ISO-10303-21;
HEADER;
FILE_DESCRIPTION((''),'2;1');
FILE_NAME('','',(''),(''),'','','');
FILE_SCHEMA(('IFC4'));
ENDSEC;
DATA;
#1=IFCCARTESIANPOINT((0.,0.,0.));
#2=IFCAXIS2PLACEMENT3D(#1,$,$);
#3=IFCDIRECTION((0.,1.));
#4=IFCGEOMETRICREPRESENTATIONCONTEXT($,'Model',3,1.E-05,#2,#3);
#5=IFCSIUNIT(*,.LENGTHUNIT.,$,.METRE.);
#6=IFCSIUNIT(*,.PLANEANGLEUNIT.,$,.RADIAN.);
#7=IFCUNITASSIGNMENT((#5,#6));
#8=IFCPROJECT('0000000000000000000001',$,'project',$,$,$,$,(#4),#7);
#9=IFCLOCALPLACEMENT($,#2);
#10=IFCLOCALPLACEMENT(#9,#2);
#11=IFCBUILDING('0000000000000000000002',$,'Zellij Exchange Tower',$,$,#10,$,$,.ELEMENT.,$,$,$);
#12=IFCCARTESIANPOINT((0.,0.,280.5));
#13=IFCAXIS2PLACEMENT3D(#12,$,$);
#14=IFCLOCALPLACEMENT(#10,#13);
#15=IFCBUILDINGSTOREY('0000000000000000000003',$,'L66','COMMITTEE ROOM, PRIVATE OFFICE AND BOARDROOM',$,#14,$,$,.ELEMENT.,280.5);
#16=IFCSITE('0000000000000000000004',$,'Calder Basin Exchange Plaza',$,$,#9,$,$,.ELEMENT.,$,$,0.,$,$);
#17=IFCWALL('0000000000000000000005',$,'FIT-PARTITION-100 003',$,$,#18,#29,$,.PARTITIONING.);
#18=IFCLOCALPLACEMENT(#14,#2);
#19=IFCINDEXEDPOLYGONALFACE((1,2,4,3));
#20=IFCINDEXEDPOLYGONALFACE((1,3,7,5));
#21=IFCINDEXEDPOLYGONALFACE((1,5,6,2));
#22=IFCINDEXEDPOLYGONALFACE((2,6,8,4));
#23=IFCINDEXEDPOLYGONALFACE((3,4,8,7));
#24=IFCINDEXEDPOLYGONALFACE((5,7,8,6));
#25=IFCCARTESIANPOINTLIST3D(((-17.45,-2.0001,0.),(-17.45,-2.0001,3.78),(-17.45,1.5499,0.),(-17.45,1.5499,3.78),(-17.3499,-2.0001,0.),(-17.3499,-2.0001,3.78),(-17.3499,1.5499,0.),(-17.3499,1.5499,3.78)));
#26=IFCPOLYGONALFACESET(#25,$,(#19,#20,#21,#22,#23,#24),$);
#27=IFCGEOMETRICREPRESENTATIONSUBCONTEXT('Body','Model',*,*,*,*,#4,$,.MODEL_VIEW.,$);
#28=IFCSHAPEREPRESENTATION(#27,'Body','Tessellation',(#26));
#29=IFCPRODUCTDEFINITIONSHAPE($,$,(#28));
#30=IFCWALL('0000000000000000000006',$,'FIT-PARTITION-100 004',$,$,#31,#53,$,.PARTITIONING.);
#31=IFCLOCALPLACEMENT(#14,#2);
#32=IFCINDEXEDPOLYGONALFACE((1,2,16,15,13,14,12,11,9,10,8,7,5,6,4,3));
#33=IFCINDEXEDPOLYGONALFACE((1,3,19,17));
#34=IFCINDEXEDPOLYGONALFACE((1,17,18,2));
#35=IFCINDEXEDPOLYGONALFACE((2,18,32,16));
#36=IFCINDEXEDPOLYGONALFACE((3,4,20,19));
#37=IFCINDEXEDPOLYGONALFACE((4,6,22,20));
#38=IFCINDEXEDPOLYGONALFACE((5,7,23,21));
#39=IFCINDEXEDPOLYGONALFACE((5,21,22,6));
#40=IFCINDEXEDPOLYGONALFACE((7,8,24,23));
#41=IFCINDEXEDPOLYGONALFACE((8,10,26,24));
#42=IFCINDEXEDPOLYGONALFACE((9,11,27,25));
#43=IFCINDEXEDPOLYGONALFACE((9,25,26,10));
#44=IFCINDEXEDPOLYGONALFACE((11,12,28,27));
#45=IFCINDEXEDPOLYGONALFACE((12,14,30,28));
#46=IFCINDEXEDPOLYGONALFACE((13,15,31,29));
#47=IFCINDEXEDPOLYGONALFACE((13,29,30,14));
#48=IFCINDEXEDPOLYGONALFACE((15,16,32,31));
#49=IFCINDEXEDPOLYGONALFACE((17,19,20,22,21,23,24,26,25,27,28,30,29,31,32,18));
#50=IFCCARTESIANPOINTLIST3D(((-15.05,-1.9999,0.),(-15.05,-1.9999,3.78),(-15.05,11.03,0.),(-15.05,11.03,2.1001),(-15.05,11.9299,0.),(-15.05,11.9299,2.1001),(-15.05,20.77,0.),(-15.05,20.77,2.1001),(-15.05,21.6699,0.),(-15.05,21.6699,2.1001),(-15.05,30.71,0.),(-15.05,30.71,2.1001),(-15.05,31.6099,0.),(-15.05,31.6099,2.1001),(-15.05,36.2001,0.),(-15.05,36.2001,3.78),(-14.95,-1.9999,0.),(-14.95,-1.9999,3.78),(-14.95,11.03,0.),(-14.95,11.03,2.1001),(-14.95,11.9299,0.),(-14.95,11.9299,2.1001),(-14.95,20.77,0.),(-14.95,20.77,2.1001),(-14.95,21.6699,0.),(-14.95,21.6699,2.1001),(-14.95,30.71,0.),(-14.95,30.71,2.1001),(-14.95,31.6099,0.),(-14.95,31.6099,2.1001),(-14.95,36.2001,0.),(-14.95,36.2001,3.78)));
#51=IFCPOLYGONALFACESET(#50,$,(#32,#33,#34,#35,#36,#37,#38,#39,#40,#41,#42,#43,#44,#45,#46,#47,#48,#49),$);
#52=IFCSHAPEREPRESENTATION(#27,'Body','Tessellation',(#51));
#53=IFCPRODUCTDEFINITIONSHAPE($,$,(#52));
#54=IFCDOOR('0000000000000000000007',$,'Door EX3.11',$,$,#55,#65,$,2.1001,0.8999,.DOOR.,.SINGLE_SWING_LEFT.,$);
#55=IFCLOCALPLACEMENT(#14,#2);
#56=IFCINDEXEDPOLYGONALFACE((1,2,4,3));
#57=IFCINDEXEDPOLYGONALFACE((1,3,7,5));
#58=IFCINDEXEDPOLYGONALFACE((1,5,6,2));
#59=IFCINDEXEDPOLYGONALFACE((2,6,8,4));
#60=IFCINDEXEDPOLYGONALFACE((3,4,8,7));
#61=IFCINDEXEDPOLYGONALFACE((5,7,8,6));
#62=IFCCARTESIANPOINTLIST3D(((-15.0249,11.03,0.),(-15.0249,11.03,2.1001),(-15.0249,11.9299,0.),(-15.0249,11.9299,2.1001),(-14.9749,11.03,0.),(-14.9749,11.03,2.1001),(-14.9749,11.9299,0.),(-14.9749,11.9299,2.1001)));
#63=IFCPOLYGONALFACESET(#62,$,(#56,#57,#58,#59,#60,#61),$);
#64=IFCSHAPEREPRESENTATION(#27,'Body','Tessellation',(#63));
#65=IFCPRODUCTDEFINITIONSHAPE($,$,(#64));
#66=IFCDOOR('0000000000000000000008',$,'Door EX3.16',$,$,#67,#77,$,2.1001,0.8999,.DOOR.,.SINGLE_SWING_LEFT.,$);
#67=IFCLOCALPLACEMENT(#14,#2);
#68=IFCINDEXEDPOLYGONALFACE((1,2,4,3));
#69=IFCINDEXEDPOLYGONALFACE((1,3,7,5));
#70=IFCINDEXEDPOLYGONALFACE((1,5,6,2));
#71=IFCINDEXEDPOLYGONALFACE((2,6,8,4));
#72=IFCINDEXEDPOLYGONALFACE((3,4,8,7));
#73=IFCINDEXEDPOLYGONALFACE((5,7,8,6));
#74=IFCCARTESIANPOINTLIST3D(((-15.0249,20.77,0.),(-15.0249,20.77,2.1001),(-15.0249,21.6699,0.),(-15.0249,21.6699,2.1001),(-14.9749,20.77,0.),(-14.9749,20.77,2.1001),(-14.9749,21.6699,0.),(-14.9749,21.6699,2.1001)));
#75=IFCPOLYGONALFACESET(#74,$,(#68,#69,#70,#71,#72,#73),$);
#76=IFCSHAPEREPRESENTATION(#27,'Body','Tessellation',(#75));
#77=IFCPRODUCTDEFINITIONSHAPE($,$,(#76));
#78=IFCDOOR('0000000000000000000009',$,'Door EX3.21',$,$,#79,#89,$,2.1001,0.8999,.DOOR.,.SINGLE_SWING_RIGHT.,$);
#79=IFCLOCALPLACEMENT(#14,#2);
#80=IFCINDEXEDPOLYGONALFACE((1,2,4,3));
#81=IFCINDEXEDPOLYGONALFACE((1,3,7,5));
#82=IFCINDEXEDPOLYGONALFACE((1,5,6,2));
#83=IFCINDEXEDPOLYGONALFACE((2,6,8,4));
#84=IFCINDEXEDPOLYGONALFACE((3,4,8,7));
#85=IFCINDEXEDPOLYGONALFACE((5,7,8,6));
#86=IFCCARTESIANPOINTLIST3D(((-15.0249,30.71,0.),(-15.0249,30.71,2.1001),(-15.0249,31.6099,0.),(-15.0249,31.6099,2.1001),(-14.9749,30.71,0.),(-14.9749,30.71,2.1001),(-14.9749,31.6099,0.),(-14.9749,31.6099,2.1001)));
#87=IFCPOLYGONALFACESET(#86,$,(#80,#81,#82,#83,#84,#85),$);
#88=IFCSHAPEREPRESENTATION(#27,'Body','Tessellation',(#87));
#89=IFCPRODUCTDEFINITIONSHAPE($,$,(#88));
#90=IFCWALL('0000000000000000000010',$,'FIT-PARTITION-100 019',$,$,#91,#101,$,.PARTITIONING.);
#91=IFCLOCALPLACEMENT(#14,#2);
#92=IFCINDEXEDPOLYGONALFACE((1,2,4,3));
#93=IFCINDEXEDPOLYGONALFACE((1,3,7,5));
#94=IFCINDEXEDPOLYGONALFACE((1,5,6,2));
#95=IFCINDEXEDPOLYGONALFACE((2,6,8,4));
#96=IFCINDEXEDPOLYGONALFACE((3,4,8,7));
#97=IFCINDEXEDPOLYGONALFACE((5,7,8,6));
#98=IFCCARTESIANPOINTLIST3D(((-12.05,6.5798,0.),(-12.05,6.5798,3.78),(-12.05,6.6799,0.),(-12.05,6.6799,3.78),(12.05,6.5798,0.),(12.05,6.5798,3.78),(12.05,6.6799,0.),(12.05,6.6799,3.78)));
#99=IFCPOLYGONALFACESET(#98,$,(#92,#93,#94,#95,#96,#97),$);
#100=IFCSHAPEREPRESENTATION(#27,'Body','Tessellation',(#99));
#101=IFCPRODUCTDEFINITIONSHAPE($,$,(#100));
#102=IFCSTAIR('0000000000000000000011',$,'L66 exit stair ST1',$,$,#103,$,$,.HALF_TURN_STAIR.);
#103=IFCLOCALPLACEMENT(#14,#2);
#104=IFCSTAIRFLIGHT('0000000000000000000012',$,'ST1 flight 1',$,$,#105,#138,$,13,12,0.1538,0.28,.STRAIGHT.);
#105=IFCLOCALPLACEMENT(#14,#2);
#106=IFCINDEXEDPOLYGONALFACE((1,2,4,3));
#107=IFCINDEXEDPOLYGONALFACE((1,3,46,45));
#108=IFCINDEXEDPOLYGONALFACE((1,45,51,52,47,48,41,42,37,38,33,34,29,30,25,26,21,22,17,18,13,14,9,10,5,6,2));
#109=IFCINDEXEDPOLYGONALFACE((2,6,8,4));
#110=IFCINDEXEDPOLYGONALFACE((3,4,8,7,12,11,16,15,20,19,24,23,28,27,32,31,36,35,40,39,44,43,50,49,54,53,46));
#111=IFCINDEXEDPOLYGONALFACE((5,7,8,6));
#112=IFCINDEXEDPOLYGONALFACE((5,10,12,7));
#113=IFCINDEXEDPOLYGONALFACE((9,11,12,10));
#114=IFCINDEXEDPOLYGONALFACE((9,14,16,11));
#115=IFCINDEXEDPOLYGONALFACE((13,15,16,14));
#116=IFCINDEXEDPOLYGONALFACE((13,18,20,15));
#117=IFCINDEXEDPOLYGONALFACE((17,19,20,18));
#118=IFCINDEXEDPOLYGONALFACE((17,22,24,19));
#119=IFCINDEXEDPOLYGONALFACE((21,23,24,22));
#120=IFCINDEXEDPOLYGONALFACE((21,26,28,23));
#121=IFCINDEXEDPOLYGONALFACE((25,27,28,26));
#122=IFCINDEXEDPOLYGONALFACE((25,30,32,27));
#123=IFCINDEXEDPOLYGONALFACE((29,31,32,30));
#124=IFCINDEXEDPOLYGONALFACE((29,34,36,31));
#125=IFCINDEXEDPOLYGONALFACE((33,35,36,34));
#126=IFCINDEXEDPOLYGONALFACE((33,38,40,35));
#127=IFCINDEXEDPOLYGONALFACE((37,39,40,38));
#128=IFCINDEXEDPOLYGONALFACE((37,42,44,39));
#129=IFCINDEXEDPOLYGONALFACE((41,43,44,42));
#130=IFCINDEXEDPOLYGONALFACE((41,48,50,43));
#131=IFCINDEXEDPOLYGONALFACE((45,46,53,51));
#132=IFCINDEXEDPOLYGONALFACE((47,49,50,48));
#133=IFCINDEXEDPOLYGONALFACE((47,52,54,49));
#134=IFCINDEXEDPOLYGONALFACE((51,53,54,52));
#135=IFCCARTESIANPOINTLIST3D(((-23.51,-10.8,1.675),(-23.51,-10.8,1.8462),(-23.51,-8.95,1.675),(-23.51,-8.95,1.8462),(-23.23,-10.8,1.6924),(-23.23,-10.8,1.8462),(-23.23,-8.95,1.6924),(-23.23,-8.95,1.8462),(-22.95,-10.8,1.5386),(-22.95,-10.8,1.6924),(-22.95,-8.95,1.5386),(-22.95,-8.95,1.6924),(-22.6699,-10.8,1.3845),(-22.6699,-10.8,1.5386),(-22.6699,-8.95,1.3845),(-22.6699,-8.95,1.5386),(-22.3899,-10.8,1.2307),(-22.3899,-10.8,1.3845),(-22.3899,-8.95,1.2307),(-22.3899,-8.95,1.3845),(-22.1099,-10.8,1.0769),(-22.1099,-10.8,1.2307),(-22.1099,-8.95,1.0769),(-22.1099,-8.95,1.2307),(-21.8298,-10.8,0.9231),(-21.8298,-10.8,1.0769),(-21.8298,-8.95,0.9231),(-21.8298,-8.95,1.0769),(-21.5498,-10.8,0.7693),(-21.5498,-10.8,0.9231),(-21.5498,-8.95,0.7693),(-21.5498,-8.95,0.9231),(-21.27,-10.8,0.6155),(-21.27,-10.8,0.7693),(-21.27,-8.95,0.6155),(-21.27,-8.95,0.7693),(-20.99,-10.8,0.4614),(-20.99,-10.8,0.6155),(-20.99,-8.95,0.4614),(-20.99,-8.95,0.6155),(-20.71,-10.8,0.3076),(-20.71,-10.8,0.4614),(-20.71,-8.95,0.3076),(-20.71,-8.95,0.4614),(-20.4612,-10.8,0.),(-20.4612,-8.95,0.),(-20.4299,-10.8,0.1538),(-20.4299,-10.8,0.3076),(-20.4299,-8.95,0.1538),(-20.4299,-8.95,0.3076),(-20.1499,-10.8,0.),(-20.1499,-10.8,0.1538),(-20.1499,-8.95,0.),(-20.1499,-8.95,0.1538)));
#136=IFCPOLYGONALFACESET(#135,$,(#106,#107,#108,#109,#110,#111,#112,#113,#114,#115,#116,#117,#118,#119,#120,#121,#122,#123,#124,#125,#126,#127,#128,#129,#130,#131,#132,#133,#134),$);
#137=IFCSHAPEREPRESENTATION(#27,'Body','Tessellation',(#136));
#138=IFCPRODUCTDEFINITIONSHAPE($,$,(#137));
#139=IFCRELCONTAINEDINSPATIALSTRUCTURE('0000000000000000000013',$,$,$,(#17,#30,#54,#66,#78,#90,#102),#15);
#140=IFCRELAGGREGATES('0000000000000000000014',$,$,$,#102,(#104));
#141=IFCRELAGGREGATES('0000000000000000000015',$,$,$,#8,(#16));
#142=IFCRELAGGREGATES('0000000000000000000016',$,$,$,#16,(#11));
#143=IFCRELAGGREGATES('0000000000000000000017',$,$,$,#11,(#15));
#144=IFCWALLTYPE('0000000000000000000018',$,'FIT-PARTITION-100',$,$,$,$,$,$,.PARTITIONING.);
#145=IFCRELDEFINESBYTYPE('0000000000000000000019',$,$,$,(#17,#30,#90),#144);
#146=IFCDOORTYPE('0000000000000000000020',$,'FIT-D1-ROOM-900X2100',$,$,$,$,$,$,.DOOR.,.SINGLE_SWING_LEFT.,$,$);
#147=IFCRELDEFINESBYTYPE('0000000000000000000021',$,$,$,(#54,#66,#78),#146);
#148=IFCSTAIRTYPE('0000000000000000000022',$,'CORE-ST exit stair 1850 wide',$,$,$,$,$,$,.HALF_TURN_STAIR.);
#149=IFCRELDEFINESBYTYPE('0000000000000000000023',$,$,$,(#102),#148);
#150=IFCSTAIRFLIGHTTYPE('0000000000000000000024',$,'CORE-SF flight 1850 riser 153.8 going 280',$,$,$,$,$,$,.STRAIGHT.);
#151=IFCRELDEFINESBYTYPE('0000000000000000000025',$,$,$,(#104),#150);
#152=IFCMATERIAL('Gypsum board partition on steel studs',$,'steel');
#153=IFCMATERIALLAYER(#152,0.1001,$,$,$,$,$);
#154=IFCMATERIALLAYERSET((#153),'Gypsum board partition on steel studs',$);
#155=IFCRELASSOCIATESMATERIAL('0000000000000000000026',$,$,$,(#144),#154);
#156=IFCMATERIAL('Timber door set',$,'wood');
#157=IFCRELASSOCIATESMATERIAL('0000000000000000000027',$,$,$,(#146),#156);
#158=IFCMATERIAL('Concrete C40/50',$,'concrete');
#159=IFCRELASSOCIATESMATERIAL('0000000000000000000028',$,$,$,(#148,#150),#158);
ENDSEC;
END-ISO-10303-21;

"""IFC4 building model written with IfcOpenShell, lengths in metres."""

from ifc_helpers import new_model, si_unit, direction, frame, frame_2d, origin, place, context, subcontext, project, spatial, polyline, rectangle, outline, extrude, material, layer, layer_set, type_object, element, fill, aggregate, save


model = new_model("IFC4")

# Units and contexts
model_context = context("Model", 3, precision=1e-05, world=origin(), true_north=direction((0.0, 1.0)))
body_context = subcontext(model_context, "Body", "Model", "MODEL_VIEW")
ifc_project = project(units=[si_unit("LENGTHUNIT", "METRE"), si_unit("PLANEANGLEUNIT", "RADIAN")], contexts=[model_context])

# Site, building, storey
site_placement = place(None, origin())
site = spatial("IfcSite", under=ifc_project, at=site_placement, Name="Calder Basin Exchange Plaza", CompositionType="ELEMENT", RefElevation=0.0)
building_placement = place(site_placement, origin())
building = spatial("IfcBuilding", under=site, at=building_placement, Name="Zellij Exchange Tower", CompositionType="ELEMENT")
storey_placement = place(building_placement, frame((0.0, 0.0, 280.5)))
storey = spatial("IfcBuildingStorey", under=building, at=storey_placement, Name="L66", Description="COMMITTEE ROOM, PRIVATE OFFICE AND BOARDROOM", CompositionType="ELEMENT", Elevation=280.5)

# Wall
ifc_material_1 = material(Name="Gypsum board partition on steel studs", Category="steel")
ifc_layer_1 = layer(ifc_material_1, 0.1001)
ifc_layer_set_1 = layer_set([ifc_layer_1], Name="Gypsum board partition on steel studs")
wall_type_1 = type_object("IfcWallType", Name="FIT-PARTITION-100", PredefinedType="PARTITIONING", material=ifc_layer_set_1)
wall_1_placement = place(storey_placement, frame((-17.3999, -2.0, 0.0), z_axis=(0.0, 0.0, 1.0), x_axis=(0.0, 1.0, 0.0)))
element("IfcWall", 1, at=wall_1_placement, inside=storey, type_object=wall_type_1, Name="FIT-PARTITION-100 003", PredefinedType="PARTITIONING", context=body_context, shape_type="SweptSolid", body=[
    extrude(rectangle(XDim=3.55, YDim=0.1001, at=frame_2d((1.7749, 0.0))), origin(), (0.0, 0.0, 1.0), 3.78),
])

# Wall, openings, doors
wall_2_placement = place(storey_placement, frame((-15.0, -2.0, 0.0), z_axis=(0.0, 0.0, 1.0), x_axis=(0.0, 1.0, 0.0)))
wall_2 = element("IfcWall", 2, at=wall_2_placement, inside=storey, type_object=wall_type_1, Name="FIT-PARTITION-100 004", PredefinedType="PARTITIONING", context=body_context, shape_type="SweptSolid", body=[
    extrude(rectangle(XDim=38.2, YDim=0.1001, at=frame_2d((19.1001, 0.0))), origin(), (0.0, 0.0, 1.0), 3.78),
])
opening_1_placement = place(wall_2_placement, frame((13.03, 0.0, 0.0)))
opening_1 = element("IfcOpeningElement", 3, at=opening_1_placement, cuts=wall_2, PredefinedType="OPENING", context=body_context, shape_type="SweptSolid", body=[
    extrude(rectangle(XDim=0.8999, YDim=2.1001, at=frame_2d((0.45, 1.05))), frame((0.0, 0.062, 0.0), z_axis=(0.0, -1.0, 0.0), x_axis=(1.0, 0.0, 0.0)), (0.0, 0.0, 1.0), 0.124),
])
opening_2_placement = place(wall_2_placement, frame((22.77, 0.0, 0.0)))
opening_2 = element("IfcOpeningElement", 4, at=opening_2_placement, cuts=wall_2, PredefinedType="OPENING", context=body_context, shape_type="SweptSolid", body=[
    extrude(rectangle(XDim=0.8999, YDim=2.1001, at=frame_2d((0.45, 1.05))), frame((0.0, 0.062, 0.0), z_axis=(0.0, -1.0, 0.0), x_axis=(1.0, 0.0, 0.0)), (0.0, 0.0, 1.0), 0.124),
])
opening_3_placement = place(wall_2_placement, frame((32.71, 0.0, 0.0)))
opening_3 = element("IfcOpeningElement", 5, at=opening_3_placement, cuts=wall_2, PredefinedType="OPENING", context=body_context, shape_type="SweptSolid", body=[
    extrude(rectangle(XDim=0.8999, YDim=2.1001, at=frame_2d((0.45, 1.05))), frame((0.0, 0.062, 0.0), z_axis=(0.0, -1.0, 0.0), x_axis=(1.0, 0.0, 0.0)), (0.0, 0.0, 1.0), 0.124),
])
ifc_material_2 = material(Name="Timber door set", Category="wood")
door_type_1 = type_object("IfcDoorType", Name="FIT-D1-ROOM-900X2100", OperationType="SINGLE_SWING_LEFT", PredefinedType="DOOR", material=ifc_material_2)
door_1_placement = place(opening_1_placement, origin())
door_1 = element("IfcDoor", 6, at=door_1_placement, inside=storey, type_object=door_type_1, Name="Door EX3.11", OperationType="SINGLE_SWING_LEFT", OverallHeight=2.1001, OverallWidth=0.8999, PredefinedType="DOOR", context=body_context, shape_type="SweptSolid", body=[
    extrude(rectangle(XDim=0.8999, YDim=2.1001, at=frame_2d((0.45, 1.05))), frame((0.0, 0.0249, 0.0), z_axis=(0.0, -1.0, 0.0), x_axis=(1.0, 0.0, 0.0)), (0.0, 0.0, 1.0), 0.05),
])
fill(opening_1, door_1)
door_2_placement = place(opening_2_placement, origin())
door_2 = element("IfcDoor", 7, at=door_2_placement, inside=storey, type_object=door_type_1, Name="Door EX3.16", OperationType="SINGLE_SWING_LEFT", OverallHeight=2.1001, OverallWidth=0.8999, PredefinedType="DOOR", context=body_context, shape_type="SweptSolid", body=[
    extrude(rectangle(XDim=0.8999, YDim=2.1001, at=frame_2d((0.45, 1.05))), frame((0.0, 0.0249, 0.0), z_axis=(0.0, -1.0, 0.0), x_axis=(1.0, 0.0, 0.0)), (0.0, 0.0, 1.0), 0.05),
])
fill(opening_2, door_2)
door_3_placement = place(opening_3_placement, origin())
door_3 = element("IfcDoor", 8, at=door_3_placement, inside=storey, type_object=door_type_1, Name="Door EX3.21", OperationType="SINGLE_SWING_RIGHT", OverallHeight=2.1001, OverallWidth=0.8999, PredefinedType="DOOR", context=body_context, shape_type="SweptSolid", body=[
    extrude(rectangle(XDim=0.8999, YDim=2.1001, at=frame_2d((0.45, 1.05))), frame((0.0, 0.0249, 0.0), z_axis=(0.0, -1.0, 0.0), x_axis=(1.0, 0.0, 0.0)), (0.0, 0.0, 1.0), 0.05),
])
fill(opening_3, door_3)

# Wall
wall_3_placement = place(storey_placement, frame((-12.05, 6.6299, 0.0), z_axis=(0.0, 0.0, 1.0), x_axis=(1.0, 0.0, 0.0)))
element("IfcWall", 9, at=wall_3_placement, inside=storey, type_object=wall_type_1, Name="FIT-PARTITION-100 019", PredefinedType="PARTITIONING", context=body_context, shape_type="SweptSolid", body=[
    extrude(rectangle(XDim=24.1001, YDim=0.1001, at=frame_2d((12.05, 0.0))), origin(), (0.0, 0.0, 1.0), 3.78),
])

# Stair, stair flight
ifc_material_3 = material(Name="Concrete C40/50", Category="concrete")
stair_type = type_object("IfcStairType", Name="CORE-ST exit stair 1850 wide", PredefinedType="HALF_TURN_STAIR", material=ifc_material_3)
stair_placement = place(storey_placement, origin())
stair = element("IfcStair", 10, at=stair_placement, inside=storey, type_object=stair_type, Name="L66 exit stair ST1", PredefinedType="HALF_TURN_STAIR")
stair_flight_type = type_object("IfcStairFlightType", Name="CORE-SF flight 1850 riser 153.8 going 280", PredefinedType="STRAIGHT", material=ifc_material_3)
stair_flight_placement = place(storey_placement, frame((-20.1499, -9.875, 0.0), z_axis=(0.0, 0.0, 1.0), x_axis=(-1.0, 0.0, 0.0)))
stair_flight = element("IfcStairFlight", 11, at=stair_flight_placement, type_object=stair_flight_type, Name="ST1 flight 1", NumberOfRisers=13, NumberOfTreads=12, PredefinedType="STRAIGHT", RiserHeight=0.1538, TreadLength=0.28, context=body_context, shape_type="SweptSolid", body=[
    extrude(outline(polyline([(0.0, 0.0), (0.0, 0.1538), (0.28, 0.1538), (0.28, 0.3076), (0.5601, 0.3076), (0.5601, 0.4614), (0.8401, 0.4614), (0.8401, 0.6155), (1.1201, 0.6155), (1.1201, 0.7693), (1.3999, 0.7693), (1.3999, 0.9231), (1.6799, 0.9231), (1.6799, 1.0769), (1.96, 1.0769), (1.96, 1.2307), (2.24, 1.2307), (2.24, 1.3845), (2.52, 1.3845), (2.52, 1.5386), (2.8, 1.5386), (2.8, 1.6924), (3.0801, 1.6924), (3.0801, 1.8462), (3.3601, 1.8462), (3.3601, 2.0), (3.3601, 1.675), (0.3113, 0.0), (0.0, 0.0)])), frame((0.0, 0.925, 0.0), z_axis=(0.0, -1.0, 0.0), x_axis=(1.0, 0.0, 0.0)), (0.0, 0.0, 1.0), 1.8501),
])
aggregate(stair, [stair_flight])

save(model, "model.ifc")
